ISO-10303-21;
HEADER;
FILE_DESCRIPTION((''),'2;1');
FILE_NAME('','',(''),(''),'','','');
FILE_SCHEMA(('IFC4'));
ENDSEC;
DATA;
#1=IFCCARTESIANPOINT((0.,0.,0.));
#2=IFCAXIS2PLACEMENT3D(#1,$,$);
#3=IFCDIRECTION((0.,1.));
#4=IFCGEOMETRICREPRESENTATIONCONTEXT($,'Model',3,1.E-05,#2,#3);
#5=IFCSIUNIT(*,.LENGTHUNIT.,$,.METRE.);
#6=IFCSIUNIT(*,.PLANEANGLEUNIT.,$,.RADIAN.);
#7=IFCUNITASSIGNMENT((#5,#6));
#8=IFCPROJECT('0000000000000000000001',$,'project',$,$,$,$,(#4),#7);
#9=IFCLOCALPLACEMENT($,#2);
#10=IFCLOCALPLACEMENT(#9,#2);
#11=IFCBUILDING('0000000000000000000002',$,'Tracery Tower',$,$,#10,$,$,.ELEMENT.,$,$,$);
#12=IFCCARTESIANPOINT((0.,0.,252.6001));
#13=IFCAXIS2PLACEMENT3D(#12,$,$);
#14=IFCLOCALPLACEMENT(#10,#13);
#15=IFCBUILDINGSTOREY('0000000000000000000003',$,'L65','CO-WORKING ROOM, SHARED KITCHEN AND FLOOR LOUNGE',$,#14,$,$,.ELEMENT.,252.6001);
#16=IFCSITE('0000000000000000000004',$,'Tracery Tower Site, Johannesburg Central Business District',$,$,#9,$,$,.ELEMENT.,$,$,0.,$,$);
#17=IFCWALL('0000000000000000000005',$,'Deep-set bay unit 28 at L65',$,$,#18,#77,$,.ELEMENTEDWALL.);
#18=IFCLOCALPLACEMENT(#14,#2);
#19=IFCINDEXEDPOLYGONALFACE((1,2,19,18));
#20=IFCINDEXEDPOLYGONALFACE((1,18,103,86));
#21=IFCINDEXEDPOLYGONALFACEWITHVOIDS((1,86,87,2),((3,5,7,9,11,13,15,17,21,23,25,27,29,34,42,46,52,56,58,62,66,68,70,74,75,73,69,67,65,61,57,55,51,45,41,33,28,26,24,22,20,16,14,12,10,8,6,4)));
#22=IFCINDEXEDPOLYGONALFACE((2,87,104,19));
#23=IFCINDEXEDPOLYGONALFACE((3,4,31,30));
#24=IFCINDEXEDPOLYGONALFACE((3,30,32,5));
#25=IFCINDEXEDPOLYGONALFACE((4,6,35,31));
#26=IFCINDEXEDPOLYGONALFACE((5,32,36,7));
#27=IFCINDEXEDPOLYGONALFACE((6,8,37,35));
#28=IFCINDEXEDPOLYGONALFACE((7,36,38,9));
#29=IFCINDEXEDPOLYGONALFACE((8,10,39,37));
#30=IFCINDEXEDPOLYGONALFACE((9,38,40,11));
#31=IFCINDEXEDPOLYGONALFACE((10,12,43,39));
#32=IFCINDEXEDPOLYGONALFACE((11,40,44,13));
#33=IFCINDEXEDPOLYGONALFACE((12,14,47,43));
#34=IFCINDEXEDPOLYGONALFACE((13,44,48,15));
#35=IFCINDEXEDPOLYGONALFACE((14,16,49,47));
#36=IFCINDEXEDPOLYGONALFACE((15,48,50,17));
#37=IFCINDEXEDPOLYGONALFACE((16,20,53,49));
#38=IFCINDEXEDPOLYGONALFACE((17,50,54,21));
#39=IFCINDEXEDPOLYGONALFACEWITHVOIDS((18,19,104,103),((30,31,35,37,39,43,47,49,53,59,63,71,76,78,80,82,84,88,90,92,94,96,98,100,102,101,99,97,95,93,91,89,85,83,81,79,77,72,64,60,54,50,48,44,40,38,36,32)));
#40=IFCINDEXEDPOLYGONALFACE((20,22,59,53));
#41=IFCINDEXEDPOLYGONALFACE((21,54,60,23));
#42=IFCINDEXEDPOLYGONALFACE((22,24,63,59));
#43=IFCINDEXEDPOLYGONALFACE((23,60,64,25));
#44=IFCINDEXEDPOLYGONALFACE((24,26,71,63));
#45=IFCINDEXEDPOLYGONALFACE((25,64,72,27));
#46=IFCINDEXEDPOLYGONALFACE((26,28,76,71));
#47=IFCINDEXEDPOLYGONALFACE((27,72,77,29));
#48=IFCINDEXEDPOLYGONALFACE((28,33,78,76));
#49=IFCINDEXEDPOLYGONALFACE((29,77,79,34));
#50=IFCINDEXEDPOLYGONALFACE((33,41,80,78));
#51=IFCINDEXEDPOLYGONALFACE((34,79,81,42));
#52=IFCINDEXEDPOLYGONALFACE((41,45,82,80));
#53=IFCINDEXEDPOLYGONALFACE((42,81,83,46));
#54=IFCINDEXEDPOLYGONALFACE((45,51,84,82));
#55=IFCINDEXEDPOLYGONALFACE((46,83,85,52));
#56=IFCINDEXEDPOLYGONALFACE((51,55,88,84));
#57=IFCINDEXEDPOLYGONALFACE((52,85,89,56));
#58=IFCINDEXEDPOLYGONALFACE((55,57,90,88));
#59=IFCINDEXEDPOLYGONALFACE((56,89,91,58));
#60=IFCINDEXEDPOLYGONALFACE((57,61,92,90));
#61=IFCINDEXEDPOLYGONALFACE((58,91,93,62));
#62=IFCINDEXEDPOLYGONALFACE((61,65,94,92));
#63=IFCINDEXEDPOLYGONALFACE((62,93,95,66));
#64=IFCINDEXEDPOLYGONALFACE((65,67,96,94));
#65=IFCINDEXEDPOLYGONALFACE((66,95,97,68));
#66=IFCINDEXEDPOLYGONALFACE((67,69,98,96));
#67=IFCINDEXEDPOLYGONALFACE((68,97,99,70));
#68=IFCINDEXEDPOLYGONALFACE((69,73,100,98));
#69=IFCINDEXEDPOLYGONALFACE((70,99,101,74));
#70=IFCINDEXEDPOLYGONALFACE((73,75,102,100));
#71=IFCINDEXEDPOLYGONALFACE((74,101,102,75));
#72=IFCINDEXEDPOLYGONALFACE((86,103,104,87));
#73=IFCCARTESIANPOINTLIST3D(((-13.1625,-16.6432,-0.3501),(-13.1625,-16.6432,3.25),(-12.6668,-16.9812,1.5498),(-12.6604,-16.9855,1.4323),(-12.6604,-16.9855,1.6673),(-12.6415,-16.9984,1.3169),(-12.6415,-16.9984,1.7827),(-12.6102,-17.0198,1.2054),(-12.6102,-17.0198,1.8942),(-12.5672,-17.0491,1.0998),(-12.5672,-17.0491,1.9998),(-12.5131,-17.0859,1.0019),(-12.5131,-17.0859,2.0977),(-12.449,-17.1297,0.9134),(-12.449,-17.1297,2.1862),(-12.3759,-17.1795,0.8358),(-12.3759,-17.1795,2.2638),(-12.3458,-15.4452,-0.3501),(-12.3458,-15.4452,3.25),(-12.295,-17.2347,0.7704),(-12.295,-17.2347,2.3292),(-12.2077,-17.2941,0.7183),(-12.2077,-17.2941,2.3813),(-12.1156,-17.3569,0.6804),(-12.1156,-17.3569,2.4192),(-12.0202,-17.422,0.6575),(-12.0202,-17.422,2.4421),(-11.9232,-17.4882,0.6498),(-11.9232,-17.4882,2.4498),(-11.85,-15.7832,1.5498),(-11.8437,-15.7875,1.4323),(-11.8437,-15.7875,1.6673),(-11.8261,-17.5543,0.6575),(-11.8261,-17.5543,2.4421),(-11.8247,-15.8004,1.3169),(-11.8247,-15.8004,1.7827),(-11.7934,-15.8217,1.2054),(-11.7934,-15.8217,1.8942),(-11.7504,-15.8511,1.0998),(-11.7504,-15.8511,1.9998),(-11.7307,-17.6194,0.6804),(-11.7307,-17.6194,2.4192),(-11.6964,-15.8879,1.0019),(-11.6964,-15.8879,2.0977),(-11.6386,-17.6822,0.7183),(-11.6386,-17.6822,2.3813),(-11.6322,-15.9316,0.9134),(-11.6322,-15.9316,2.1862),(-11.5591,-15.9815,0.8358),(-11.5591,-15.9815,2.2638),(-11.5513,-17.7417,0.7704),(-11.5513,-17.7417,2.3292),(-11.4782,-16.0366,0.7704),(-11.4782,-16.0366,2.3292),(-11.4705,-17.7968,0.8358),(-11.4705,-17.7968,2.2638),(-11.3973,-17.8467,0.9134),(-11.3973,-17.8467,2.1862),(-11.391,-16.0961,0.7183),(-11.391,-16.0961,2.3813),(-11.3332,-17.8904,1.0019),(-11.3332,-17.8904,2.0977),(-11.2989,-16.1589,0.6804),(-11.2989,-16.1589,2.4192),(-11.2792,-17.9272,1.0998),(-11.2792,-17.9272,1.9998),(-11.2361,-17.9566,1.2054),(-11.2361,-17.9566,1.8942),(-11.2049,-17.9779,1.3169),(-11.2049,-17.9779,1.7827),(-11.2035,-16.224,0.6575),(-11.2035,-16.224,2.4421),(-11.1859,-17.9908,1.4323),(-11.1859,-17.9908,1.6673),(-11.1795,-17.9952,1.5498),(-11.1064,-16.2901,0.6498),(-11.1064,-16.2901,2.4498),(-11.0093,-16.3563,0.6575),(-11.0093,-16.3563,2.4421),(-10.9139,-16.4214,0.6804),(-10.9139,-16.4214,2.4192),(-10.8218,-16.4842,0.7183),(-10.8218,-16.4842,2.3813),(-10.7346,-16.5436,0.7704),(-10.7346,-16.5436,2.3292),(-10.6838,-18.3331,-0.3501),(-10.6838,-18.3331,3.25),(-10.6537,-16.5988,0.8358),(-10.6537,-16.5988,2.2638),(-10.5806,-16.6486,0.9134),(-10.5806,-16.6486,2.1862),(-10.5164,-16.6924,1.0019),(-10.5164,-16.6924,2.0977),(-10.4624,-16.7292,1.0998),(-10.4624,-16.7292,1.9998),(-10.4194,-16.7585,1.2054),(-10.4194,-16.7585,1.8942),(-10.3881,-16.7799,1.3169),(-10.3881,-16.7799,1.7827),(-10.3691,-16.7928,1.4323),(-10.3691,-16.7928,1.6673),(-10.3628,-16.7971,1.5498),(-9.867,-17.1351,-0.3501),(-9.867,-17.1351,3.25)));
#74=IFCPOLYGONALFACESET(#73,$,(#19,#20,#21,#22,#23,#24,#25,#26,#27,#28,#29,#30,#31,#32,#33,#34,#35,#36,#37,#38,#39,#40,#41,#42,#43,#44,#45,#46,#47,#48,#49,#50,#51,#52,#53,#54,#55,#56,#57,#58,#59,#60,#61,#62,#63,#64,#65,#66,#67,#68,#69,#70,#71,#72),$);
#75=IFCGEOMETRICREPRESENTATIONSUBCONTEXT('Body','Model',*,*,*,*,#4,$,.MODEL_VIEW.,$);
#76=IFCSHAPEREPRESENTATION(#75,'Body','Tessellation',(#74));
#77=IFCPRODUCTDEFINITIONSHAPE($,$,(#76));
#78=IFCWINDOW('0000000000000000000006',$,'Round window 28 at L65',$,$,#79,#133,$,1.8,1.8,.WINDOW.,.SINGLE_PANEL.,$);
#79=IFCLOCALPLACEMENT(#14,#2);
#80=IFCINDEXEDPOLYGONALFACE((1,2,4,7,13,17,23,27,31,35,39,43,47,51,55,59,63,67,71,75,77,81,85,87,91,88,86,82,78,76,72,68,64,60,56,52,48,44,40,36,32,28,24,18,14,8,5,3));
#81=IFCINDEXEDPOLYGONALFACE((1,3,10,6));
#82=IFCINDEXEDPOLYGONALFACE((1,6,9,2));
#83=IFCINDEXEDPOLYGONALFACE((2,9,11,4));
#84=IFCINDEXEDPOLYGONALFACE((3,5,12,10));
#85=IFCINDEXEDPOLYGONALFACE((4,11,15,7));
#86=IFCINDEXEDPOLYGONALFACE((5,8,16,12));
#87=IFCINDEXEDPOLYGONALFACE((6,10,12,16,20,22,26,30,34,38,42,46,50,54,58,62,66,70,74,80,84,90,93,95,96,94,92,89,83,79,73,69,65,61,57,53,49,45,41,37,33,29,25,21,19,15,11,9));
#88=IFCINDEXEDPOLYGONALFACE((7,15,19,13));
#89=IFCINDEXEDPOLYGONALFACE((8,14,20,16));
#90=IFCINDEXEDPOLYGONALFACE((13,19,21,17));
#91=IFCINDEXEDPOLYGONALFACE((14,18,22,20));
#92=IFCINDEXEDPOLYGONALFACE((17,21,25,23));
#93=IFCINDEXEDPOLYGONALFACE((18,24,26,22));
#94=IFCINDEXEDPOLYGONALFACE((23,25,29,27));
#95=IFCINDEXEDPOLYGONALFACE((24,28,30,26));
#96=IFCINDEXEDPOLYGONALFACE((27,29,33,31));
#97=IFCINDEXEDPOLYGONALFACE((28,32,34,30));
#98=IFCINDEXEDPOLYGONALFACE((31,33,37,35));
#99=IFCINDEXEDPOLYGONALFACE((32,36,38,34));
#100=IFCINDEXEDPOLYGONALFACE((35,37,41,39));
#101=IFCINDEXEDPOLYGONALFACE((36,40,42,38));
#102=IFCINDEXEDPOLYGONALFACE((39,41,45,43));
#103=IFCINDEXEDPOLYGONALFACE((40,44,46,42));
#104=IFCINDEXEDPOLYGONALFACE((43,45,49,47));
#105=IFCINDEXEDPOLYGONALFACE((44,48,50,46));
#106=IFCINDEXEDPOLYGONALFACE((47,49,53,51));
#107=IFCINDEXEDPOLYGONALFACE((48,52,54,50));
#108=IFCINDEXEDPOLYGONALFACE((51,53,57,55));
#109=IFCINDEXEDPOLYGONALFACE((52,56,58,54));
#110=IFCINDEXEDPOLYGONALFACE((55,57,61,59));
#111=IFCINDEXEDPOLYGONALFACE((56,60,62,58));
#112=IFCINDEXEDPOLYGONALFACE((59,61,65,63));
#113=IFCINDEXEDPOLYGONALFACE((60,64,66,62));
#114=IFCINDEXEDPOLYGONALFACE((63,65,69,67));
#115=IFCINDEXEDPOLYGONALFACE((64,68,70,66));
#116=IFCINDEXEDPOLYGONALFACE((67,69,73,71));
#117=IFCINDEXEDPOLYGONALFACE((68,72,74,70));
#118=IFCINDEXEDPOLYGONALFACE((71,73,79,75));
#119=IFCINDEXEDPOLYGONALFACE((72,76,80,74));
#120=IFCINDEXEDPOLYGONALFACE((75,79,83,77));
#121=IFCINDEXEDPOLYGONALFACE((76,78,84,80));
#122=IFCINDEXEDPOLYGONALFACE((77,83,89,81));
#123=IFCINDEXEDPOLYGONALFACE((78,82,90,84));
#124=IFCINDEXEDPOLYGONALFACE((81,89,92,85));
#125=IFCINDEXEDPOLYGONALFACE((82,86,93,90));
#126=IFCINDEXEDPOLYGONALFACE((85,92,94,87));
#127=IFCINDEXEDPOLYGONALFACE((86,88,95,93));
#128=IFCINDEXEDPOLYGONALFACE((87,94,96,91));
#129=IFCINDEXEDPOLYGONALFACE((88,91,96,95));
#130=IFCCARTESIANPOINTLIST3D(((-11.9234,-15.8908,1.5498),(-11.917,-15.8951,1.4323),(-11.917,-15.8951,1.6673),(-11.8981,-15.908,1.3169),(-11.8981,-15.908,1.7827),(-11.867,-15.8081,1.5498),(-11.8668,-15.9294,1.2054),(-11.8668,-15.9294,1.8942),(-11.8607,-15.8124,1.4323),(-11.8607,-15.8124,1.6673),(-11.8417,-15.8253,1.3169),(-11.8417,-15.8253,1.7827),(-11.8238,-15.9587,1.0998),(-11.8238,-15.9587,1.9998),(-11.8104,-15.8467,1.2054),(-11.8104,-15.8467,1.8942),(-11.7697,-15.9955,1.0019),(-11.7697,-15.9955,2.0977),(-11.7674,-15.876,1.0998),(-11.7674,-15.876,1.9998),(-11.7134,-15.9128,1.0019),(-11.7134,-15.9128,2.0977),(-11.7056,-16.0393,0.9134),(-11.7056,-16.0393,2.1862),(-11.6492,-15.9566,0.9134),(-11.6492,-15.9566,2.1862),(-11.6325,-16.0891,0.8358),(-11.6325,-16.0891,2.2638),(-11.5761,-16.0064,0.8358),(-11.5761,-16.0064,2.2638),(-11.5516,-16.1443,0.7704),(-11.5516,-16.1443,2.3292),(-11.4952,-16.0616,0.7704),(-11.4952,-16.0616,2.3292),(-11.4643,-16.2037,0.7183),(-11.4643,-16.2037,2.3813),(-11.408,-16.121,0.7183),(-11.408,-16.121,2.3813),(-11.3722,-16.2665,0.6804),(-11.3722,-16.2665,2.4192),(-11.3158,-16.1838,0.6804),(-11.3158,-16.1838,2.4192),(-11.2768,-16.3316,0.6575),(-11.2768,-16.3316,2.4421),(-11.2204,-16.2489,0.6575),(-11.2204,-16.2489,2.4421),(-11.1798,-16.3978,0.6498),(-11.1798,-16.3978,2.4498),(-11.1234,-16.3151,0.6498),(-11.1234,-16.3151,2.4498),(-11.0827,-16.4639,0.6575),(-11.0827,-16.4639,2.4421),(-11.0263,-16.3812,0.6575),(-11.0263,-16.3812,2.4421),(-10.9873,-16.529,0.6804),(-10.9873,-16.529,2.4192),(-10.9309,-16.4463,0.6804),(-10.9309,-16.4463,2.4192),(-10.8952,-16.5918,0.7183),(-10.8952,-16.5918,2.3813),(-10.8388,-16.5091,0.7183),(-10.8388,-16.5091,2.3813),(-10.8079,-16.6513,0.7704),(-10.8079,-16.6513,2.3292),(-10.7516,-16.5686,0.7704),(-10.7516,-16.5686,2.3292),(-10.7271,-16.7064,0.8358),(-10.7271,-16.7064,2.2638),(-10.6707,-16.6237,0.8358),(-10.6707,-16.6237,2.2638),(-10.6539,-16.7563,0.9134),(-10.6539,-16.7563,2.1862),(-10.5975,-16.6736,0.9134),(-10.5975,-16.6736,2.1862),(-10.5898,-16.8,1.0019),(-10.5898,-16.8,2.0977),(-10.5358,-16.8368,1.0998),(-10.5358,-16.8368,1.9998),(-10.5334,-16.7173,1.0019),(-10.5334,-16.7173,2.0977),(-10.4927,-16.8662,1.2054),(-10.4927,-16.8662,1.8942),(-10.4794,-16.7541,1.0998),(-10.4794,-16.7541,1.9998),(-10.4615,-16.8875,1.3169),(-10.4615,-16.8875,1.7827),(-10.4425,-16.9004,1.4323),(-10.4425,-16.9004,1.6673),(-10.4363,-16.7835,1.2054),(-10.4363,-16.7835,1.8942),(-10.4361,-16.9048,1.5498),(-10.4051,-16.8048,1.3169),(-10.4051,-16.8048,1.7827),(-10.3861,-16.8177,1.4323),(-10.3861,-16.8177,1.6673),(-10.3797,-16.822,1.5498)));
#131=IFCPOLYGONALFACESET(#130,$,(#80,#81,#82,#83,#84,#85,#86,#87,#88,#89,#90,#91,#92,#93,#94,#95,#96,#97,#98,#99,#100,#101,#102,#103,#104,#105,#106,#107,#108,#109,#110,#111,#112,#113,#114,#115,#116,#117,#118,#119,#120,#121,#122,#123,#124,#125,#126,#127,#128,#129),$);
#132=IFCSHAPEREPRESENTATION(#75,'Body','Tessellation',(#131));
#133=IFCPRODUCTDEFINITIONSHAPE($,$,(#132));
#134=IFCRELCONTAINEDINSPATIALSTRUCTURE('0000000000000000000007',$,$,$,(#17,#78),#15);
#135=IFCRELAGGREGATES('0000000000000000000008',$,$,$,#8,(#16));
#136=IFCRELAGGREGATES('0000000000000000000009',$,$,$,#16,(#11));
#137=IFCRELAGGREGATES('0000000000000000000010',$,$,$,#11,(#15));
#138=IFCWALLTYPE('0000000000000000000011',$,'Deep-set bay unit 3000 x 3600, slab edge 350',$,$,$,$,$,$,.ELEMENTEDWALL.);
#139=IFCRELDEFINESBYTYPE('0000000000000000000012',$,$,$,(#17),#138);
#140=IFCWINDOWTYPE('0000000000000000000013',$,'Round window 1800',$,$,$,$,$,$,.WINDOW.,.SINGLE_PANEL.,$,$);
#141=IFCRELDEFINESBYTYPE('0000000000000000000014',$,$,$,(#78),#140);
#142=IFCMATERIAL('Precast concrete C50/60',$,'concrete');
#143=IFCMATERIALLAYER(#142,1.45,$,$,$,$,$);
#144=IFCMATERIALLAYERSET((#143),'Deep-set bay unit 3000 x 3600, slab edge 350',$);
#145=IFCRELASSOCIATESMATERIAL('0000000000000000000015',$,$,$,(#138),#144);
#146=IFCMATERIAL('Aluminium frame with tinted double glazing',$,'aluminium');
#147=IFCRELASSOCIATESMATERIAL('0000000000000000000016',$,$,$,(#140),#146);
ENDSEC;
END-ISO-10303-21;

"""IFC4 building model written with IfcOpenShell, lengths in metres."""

from ifc_helpers import new_model, si_unit, direction, frame, frame_2d, origin, origin_2d, place, context, subcontext, project, spatial, rectangle, circle, extrude, material, layer, layer_set, type_object, element, fill, save


model = new_model("IFC4")

# Units and contexts
model_context = context("Model", 3, precision=1e-05, world=origin(), true_north=direction((0.0, 1.0)))
body_context = subcontext(model_context, "Body", "Model", "MODEL_VIEW")
ifc_project = project(units=[si_unit("LENGTHUNIT", "METRE"), si_unit("PLANEANGLEUNIT", "RADIAN")], contexts=[model_context])

# Site, building, storey
site_placement = place(None, origin())
site = spatial("IfcSite", under=ifc_project, at=site_placement, Name="Tracery Tower Site, Johannesburg Central Business District", CompositionType="ELEMENT", RefElevation=0.0)
building_placement = place(site_placement, origin())
building = spatial("IfcBuilding", under=site, at=building_placement, Name="Tracery Tower", CompositionType="ELEMENT")
storey_placement = place(building_placement, frame((0.0, 0.0, 252.6001)))
storey = spatial("IfcBuildingStorey", under=building, at=storey_placement, Name="L65", Description="CO-WORKING ROOM, SHARED KITCHEN AND FLOOR LOUNGE", CompositionType="ELEMENT", Elevation=252.6001)

# Wall, opening, window
ifc_material_1 = material(Name="Precast concrete C50/60", Category="concrete")
ifc_layer_1 = layer(ifc_material_1, 1.45)
ifc_layer_set_1 = layer_set([ifc_layer_1], Name="Deep-set bay unit 3000 x 3600, slab edge 350")
wall_type_1 = type_object("IfcWallType", Name="Deep-set bay unit 3000 x 3600, slab edge 350", PredefinedType="ELEMENTEDWALL", material=ifc_layer_set_1)
ifc_material_2 = material(Name="Aluminium frame with tinted double glazing", Category="aluminium")
window_type = type_object("IfcWindowType", Name="Round window 1800", PartitioningType="SINGLE_PANEL", PredefinedType="WINDOW", material=ifc_material_2)
wall_1_placement = place(storey_placement, frame((-12.7542, -16.0442, -0.3501), z_axis=(0.0, 0.0, 1.0), x_axis=(0.826246, -0.563309, 0.0)))
wall_1 = element("IfcWall", 1, at=wall_1_placement, inside=storey, type_object=wall_type_1, Name="Deep-set bay unit 28 at L65", PredefinedType="ELEMENTEDWALL", context=body_context, shape_type="SweptSolid", body=[
    extrude(rectangle(XDim=3.0, YDim=1.45, at=frame_2d((1.5, 0.0))), origin(), (0.0, 0.0, 1.0), 3.6001),
])
opening_1_placement = place(wall_1_placement, frame((1.5, 0.0, 1.8999)))
opening_1 = element("IfcOpeningElement", 2, at=opening_1_placement, cuts=wall_1, PredefinedType="OPENING", context=body_context, shape_type="SweptSolid", body=[
    extrude(circle(Radius=0.9, at=origin_2d()), frame((0.0, 0.7349, 0.0), z_axis=(0.0, -1.0, 0.0), x_axis=(1.0, 0.0, 0.0)), (0.0, 0.0, 1.0), 1.47),
])
window_1_placement = place(opening_1_placement, origin())
window_1 = element("IfcWindow", 3, at=window_1_placement, inside=storey, type_object=window_type, Name="Round window 28 at L65", OverallHeight=1.8, OverallWidth=1.8, PartitioningType="SINGLE_PANEL", PredefinedType="WINDOW", context=body_context, shape_type="SweptSolid", body=[
    extrude(circle(Radius=0.9, at=origin_2d()), frame((0.0, 0.6948, 0.0), z_axis=(0.0, -1.0, 0.0), x_axis=(1.0, 0.0, 0.0)), (0.0, 0.0, 1.0), 0.1001),
])
fill(opening_1, window_1)

save(model, "model.ifc")
